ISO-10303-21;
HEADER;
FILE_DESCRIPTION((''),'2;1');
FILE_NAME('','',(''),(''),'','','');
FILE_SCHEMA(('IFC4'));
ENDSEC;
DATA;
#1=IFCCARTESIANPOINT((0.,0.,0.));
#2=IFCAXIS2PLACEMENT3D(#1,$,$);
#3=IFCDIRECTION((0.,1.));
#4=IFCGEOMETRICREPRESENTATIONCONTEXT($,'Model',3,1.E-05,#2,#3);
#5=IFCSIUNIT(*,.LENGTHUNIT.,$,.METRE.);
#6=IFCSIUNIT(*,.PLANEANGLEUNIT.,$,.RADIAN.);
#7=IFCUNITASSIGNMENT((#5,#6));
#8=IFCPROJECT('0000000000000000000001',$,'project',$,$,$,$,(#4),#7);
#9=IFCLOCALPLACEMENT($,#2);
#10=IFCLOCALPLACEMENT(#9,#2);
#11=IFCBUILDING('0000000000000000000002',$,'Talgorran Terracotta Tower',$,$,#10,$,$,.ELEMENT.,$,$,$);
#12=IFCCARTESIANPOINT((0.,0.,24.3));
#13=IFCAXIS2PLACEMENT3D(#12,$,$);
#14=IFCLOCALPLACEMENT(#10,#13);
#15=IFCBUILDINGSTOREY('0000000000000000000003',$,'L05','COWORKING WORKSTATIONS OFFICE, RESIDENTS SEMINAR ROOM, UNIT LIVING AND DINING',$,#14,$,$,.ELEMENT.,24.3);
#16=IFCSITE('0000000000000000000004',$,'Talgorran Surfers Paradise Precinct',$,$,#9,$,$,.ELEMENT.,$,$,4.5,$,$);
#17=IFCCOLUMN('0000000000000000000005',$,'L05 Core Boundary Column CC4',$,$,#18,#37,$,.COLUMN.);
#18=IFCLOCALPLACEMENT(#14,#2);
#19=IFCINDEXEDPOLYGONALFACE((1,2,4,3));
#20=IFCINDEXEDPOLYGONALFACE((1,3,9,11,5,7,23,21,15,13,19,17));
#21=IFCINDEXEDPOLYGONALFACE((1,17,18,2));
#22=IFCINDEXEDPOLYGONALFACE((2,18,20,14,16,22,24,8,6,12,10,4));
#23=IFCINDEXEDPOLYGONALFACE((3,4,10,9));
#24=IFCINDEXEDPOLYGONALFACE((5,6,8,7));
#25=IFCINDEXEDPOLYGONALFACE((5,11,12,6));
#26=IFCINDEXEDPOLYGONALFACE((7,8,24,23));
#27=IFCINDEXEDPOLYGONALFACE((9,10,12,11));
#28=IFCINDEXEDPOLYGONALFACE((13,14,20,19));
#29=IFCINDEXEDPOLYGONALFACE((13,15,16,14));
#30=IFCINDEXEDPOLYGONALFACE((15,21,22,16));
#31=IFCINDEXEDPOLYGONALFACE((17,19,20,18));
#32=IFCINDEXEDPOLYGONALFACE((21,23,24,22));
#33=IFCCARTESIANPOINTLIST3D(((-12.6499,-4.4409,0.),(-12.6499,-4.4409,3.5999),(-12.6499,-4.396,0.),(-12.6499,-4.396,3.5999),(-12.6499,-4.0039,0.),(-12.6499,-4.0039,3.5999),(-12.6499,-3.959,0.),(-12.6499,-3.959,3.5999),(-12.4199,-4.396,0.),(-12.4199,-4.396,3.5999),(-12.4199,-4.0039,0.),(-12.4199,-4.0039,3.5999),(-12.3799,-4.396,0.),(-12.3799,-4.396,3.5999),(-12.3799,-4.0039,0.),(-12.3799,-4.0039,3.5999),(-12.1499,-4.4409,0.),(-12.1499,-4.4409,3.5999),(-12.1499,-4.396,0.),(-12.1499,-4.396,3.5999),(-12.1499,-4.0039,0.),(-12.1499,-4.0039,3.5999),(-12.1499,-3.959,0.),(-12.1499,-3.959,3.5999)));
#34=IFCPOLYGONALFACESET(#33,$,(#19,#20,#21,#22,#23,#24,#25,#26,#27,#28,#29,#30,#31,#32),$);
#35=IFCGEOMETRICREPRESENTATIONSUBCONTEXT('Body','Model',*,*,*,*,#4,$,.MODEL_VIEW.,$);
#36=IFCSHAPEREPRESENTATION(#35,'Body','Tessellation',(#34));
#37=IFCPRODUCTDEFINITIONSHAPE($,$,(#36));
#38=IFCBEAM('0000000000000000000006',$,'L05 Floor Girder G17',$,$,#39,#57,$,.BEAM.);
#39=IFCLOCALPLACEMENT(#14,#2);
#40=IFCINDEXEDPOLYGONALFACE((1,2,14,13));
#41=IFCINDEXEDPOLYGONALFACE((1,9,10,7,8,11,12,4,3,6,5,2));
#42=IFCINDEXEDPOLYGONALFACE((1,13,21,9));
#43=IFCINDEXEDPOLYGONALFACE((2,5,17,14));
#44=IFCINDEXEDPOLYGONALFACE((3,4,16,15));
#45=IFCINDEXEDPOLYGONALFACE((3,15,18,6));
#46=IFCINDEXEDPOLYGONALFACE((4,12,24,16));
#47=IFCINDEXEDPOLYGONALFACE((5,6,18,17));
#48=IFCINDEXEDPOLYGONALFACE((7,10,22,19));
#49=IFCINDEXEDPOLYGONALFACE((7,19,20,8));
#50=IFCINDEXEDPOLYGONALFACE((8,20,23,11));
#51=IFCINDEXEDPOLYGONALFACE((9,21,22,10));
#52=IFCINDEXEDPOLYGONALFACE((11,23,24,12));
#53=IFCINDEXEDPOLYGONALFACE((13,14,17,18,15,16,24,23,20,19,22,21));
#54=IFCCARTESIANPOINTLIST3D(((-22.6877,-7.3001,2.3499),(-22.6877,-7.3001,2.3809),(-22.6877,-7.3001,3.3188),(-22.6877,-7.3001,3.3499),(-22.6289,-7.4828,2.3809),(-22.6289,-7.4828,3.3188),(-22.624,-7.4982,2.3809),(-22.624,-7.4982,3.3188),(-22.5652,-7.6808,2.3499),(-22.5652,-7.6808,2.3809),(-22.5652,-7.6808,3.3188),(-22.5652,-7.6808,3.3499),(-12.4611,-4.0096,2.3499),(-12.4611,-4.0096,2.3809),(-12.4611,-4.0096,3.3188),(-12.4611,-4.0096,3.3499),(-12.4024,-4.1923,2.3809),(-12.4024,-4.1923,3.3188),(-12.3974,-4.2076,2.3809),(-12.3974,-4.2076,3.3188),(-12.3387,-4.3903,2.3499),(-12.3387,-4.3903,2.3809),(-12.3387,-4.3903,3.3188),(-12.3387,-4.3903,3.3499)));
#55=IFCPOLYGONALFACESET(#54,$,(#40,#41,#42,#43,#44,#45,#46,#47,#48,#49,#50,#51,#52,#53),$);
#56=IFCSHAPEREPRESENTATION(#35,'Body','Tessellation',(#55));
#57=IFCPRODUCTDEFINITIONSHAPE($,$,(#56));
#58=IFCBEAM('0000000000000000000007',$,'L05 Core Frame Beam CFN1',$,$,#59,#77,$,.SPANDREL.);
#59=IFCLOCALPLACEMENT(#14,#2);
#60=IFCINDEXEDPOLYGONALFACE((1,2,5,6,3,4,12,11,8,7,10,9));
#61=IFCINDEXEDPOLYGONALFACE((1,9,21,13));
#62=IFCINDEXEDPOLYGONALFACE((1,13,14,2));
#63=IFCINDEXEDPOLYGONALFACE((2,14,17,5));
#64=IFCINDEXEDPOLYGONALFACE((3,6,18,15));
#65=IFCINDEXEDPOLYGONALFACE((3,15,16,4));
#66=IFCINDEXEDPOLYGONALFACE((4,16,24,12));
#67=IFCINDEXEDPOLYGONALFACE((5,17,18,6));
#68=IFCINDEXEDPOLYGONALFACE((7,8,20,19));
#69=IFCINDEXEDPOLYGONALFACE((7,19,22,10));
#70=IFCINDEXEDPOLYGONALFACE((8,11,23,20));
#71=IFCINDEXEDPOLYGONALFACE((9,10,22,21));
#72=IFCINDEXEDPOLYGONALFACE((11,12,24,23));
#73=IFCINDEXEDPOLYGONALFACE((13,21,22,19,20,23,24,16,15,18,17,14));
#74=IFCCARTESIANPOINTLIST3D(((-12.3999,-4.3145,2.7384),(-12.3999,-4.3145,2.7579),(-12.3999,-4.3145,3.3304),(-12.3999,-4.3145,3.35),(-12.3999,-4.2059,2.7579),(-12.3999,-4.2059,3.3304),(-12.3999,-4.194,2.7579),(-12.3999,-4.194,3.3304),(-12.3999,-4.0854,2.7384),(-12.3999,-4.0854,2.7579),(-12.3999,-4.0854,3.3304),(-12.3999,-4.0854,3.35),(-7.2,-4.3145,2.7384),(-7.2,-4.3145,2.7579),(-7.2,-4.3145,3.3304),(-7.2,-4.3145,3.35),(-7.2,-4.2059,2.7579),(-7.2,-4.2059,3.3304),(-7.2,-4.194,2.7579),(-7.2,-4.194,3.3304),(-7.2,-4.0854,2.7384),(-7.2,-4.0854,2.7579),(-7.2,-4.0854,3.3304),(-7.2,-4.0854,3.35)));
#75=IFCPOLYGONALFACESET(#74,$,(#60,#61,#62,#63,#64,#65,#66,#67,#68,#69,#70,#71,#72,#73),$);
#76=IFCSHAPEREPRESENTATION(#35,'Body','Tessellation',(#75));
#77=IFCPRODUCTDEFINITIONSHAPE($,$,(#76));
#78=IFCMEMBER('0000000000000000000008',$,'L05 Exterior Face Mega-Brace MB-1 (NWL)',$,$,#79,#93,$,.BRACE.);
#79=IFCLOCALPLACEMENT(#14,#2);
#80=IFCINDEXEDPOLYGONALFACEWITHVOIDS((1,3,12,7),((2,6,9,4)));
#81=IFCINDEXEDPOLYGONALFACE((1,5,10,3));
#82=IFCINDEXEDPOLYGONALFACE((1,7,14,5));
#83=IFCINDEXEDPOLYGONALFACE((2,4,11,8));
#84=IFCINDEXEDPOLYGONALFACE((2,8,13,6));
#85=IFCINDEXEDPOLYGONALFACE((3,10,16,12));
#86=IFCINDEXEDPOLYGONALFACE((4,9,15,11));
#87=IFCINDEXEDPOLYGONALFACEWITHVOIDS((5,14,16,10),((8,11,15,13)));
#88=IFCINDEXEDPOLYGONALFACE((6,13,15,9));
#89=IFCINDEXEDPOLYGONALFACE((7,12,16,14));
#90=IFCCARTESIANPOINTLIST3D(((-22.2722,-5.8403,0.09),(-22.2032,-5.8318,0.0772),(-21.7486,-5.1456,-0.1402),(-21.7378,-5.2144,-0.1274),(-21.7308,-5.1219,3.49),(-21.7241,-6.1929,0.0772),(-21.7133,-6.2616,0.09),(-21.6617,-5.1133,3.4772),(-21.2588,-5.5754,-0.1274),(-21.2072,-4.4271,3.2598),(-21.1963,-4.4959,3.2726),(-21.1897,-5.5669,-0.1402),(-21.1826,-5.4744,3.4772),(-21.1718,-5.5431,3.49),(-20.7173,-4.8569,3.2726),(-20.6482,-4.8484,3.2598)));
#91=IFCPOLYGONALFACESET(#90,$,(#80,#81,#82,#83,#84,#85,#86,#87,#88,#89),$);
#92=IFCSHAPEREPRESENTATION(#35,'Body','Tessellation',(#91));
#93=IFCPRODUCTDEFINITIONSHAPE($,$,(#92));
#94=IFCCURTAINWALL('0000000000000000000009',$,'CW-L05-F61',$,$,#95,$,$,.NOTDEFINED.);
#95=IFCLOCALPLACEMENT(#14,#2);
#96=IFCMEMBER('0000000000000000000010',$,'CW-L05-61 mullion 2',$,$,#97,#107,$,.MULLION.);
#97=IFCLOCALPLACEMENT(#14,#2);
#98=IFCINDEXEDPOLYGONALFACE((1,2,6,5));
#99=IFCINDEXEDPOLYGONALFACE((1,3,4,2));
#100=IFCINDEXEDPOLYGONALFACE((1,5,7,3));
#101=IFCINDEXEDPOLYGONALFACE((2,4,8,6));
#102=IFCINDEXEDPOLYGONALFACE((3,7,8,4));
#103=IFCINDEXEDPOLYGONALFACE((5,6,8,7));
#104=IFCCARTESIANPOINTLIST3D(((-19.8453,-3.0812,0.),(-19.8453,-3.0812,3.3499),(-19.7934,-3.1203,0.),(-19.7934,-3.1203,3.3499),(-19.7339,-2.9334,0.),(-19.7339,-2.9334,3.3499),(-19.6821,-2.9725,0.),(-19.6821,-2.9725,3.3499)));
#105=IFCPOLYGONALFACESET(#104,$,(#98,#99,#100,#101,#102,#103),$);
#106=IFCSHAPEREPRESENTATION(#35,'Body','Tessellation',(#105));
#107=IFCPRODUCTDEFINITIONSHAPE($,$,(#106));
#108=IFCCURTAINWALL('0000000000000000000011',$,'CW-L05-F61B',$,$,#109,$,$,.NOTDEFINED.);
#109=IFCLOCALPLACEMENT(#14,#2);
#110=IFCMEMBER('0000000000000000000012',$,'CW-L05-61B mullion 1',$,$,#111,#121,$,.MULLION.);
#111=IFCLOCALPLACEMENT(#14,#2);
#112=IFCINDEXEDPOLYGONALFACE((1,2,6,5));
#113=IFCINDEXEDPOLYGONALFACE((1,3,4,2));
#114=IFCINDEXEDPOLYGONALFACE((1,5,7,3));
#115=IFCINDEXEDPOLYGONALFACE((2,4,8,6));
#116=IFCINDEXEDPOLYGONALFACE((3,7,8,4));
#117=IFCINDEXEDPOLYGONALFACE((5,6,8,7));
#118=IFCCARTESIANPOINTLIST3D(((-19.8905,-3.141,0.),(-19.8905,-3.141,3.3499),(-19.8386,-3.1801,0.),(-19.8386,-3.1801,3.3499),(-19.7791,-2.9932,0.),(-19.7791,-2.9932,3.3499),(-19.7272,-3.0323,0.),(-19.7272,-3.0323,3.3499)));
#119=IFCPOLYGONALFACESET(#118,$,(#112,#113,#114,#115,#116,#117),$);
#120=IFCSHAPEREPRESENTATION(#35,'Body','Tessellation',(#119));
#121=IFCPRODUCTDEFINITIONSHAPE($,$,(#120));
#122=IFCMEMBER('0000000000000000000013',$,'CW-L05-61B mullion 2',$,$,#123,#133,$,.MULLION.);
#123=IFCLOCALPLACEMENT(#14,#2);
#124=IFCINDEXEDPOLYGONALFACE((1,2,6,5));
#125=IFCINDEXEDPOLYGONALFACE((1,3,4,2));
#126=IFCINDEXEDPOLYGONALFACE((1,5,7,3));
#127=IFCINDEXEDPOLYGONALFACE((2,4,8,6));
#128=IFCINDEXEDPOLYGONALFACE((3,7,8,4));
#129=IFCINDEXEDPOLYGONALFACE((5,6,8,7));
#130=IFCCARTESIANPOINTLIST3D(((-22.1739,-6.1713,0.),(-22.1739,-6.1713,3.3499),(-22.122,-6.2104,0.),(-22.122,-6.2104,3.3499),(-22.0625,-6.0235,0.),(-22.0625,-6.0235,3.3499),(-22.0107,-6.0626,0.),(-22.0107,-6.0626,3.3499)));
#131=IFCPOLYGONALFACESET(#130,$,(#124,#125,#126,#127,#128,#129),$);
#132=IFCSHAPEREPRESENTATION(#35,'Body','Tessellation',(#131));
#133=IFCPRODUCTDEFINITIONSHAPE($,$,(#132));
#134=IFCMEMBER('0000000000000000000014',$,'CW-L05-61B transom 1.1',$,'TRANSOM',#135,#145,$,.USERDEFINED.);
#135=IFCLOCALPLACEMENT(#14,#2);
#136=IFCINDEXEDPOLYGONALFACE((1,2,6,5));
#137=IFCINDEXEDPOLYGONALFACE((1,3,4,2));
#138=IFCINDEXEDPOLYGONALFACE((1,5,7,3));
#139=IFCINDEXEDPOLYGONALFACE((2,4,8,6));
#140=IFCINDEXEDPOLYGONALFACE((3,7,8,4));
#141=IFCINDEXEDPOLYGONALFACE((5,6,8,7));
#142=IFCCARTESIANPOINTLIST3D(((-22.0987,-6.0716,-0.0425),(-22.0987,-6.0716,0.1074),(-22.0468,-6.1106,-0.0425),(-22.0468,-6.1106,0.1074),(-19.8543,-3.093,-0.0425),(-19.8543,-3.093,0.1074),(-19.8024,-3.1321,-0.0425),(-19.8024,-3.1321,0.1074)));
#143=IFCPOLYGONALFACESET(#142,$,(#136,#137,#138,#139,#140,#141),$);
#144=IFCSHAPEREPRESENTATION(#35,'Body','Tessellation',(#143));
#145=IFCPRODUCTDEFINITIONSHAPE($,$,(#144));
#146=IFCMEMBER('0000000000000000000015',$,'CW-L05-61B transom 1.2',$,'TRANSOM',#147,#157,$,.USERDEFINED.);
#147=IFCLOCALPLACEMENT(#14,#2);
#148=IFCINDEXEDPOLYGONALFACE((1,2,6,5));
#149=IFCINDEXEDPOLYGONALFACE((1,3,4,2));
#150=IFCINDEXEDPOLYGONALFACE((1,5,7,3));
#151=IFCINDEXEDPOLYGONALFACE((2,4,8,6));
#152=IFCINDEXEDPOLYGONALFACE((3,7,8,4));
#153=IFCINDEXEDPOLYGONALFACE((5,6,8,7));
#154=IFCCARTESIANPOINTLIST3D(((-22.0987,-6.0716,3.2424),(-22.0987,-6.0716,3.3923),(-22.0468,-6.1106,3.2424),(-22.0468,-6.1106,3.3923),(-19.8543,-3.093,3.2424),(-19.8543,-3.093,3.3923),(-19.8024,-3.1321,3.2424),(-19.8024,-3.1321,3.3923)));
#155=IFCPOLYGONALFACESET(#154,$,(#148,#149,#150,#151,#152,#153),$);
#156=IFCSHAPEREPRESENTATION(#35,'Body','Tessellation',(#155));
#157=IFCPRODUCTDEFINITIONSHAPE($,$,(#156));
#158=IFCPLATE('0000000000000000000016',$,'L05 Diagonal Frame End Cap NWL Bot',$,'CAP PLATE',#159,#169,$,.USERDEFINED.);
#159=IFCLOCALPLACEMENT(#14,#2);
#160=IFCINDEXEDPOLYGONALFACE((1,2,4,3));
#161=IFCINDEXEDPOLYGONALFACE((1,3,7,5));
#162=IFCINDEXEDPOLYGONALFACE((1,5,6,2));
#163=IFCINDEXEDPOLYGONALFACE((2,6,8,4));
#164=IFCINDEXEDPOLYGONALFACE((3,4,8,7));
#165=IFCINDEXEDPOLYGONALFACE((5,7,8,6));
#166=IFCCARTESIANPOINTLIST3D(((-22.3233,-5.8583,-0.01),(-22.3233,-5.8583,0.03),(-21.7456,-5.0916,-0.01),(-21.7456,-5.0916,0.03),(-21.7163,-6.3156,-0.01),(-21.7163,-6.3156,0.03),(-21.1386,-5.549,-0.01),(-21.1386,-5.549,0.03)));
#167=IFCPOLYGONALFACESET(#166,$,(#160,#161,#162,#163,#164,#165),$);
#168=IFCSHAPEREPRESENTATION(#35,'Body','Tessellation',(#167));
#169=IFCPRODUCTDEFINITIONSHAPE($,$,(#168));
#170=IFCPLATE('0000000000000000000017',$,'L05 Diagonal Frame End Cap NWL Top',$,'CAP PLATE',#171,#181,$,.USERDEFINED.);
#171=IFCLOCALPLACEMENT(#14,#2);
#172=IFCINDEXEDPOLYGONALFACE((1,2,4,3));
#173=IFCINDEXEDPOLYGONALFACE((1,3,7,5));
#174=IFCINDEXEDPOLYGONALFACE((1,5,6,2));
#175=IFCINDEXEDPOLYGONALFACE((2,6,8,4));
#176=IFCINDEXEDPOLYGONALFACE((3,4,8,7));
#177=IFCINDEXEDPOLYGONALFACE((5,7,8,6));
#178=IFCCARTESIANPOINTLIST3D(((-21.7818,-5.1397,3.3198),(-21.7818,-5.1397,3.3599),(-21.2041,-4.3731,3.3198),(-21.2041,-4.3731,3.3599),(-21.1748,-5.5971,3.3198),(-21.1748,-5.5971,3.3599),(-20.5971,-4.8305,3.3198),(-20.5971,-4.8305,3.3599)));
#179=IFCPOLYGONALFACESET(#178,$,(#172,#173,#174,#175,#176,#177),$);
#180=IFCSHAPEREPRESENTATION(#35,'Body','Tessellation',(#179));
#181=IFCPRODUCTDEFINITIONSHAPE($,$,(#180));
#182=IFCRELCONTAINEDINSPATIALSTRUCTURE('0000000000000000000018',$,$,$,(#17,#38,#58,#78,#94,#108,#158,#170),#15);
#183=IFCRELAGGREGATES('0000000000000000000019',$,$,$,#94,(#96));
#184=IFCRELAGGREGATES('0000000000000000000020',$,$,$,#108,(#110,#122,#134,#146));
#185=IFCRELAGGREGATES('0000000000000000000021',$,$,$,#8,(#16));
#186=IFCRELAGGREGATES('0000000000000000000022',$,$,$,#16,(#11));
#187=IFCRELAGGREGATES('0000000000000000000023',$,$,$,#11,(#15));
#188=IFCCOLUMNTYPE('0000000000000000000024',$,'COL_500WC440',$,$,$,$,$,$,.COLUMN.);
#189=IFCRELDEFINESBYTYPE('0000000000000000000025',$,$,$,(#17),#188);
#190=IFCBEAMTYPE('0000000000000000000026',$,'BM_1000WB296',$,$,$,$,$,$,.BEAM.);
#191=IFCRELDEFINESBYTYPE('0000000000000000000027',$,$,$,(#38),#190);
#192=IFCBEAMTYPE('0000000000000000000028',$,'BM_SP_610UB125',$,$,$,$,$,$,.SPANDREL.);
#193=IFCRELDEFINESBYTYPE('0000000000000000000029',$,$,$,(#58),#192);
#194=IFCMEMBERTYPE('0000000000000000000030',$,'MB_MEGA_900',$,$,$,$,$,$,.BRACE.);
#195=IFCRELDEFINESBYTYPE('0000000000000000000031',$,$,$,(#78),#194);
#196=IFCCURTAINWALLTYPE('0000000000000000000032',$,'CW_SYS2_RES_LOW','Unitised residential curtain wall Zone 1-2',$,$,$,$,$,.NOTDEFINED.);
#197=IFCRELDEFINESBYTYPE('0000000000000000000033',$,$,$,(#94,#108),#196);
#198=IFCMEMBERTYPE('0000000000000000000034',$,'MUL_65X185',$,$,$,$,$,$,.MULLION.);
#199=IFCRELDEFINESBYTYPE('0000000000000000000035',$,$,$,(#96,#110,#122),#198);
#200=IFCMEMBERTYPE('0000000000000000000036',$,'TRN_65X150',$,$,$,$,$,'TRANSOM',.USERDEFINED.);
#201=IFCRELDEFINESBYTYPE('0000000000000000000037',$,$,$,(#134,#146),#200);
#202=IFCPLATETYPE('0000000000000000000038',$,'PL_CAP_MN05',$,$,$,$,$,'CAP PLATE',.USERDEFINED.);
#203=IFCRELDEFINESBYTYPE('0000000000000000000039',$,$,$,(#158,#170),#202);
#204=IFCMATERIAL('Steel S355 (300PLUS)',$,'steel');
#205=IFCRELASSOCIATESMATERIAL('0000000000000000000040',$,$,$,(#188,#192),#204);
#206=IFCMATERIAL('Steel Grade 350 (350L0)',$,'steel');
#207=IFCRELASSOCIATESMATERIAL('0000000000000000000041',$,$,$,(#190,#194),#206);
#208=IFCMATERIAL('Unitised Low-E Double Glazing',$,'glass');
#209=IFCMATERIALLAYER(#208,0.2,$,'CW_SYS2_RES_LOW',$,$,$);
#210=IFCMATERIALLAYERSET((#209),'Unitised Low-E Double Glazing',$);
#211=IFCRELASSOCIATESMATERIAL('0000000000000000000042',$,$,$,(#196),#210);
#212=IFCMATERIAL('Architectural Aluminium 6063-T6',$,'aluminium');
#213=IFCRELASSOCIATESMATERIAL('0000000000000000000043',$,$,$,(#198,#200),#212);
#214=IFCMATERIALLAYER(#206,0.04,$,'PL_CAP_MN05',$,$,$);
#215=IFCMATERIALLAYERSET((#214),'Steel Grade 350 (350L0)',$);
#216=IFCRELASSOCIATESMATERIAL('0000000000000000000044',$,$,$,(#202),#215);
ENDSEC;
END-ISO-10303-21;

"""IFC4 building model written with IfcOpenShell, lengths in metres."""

from ifc_helpers import new_model, si_unit, direction, frame, origin, origin_2d, place, context, subcontext, project, spatial, rectangle, hollow_rectangle, i_section, extrude, material, layer, layer_set, material_profile, profile_set, type_object, element, aggregate, save


model = new_model("IFC4")

# Units and contexts
model_context = context("Model", 3, precision=1e-05, world=origin(), true_north=direction((0.0, 1.0)))
body_context = subcontext(model_context, "Body", "Model", "MODEL_VIEW")
ifc_project = project(units=[si_unit("LENGTHUNIT", "METRE"), si_unit("PLANEANGLEUNIT", "RADIAN")], contexts=[model_context])

# Site, building, storey
site_placement = place(None, origin())
site = spatial("IfcSite", under=ifc_project, at=site_placement, Name="Talgorran Surfers Paradise Precinct", CompositionType="ELEMENT", RefElevation=4.5)
building_placement = place(site_placement, origin())
building = spatial("IfcBuilding", under=site, at=building_placement, Name="Talgorran Terracotta Tower", CompositionType="ELEMENT")
storey_placement = place(building_placement, frame((0.0, 0.0, 24.3)))
storey = spatial("IfcBuildingStorey", under=building, at=storey_placement, Name="L05", Description="COWORKING WORKSTATIONS OFFICE, RESIDENTS SEMINAR ROOM, UNIT LIVING AND DINING", CompositionType="ELEMENT", Elevation=24.3)

# Column
ifc_material_1 = material(Name="Steel S355 (300PLUS)", Category="steel")
ifc_material_profile_1 = material_profile(ifc_material_1, i_section(OverallWidth=0.5, OverallDepth=0.4819, WebThickness=0.04, FlangeThickness=0.0449, at=origin_2d()), Name="500WC440")
ifc_profile_set_1 = profile_set([ifc_material_profile_1], Name="Steel S355 (300PLUS)")
column_type = type_object("IfcColumnType", Name="COL_500WC440", PredefinedType="COLUMN", material=ifc_profile_set_1)
column_placement = place(storey_placement, frame((-12.3999, -4.2, 0.0), z_axis=(0.0, 0.0, 1.0), x_axis=(1.0, 0.0, 0.0)))
element("IfcColumn", 1, at=column_placement, inside=storey, type_object=column_type, Name="L05 Core Boundary Column CC4", PredefinedType="COLUMN", context=body_context, shape_type="SweptSolid", body=[
    extrude(i_section(OverallWidth=0.5, OverallDepth=0.4819, WebThickness=0.04, FlangeThickness=0.0449, at=origin_2d()), origin(), (0.0, 0.0, 1.0), 3.5999),
])

# Beams
ifc_material_2 = material(Name="Steel Grade 350 (350L0)", Category="steel")
ifc_material_profile_2 = material_profile(ifc_material_2, i_section(OverallWidth=0.3999, OverallDepth=1.0, WebThickness=0.0161, FlangeThickness=0.031, at=origin_2d()), Name="1000WB296")
ifc_profile_set_2 = profile_set([ifc_material_profile_2], Name="Steel Grade 350 (350L0)")
beam_type_1 = type_object("IfcBeamType", Name="BM_1000WB296", PredefinedType="BEAM", material=ifc_profile_set_2)
beam_1_placement = place(storey_placement, frame((-12.3999, -4.2, 2.8499), z_axis=(-0.951936, -0.306298, 0.0), x_axis=(0.306298, -0.951936, 0.0)))
element("IfcBeam", 2, at=beam_1_placement, inside=storey, type_object=beam_type_1, Name="L05 Floor Girder G17", PredefinedType="BEAM", context=body_context, shape_type="SweptSolid", body=[
    extrude(i_section(OverallWidth=0.3999, OverallDepth=1.0, WebThickness=0.0161, FlangeThickness=0.031, at=origin_2d()), origin(), (0.0, 0.0, 1.0), 10.7429),
])
ifc_material_profile_3 = material_profile(ifc_material_1, i_section(OverallWidth=0.229, OverallDepth=0.6116, WebThickness=0.012, FlangeThickness=0.0195, at=origin_2d()), Name="610UB125")
ifc_profile_set_3 = profile_set([ifc_material_profile_3], Name="Steel S355 (300PLUS)")
beam_type_2 = type_object("IfcBeamType", Name="BM_SP_610UB125", PredefinedType="SPANDREL", material=ifc_profile_set_3)
beam_2_placement = place(storey_placement, frame((-12.3999, -4.2, 3.0442), z_axis=(1.0, 0.0, 0.0), x_axis=(0.0, 1.0, 0.0)))
element("IfcBeam", 3, at=beam_2_placement, inside=storey, type_object=beam_type_2, Name="L05 Core Frame Beam CFN1", PredefinedType="SPANDREL", context=body_context, shape_type="SweptSolid", body=[
    extrude(i_section(OverallWidth=0.229, OverallDepth=0.6116, WebThickness=0.012, FlangeThickness=0.0195, at=origin_2d()), origin(), (0.0, 0.0, 1.0), 5.2),
])

# Member
ifc_material_profile_4 = material_profile(ifc_material_2, hollow_rectangle(XDim=0.7, YDim=0.8999, WallThickness=0.05, at=origin_2d()), Name="WBOX900X700X50")
ifc_profile_set_4 = profile_set([ifc_material_profile_4], Name="Steel Grade 350 (350L0)")
member_type_1 = type_object("IfcMemberType", Name="MB_MEGA_900", PredefinedType="BRACE", material=ifc_profile_set_4)
member_1_placement = place(storey_placement, frame((-21.731, -5.7036, -0.0251), z_axis=(0.15396, 0.204285, 0.966728), x_axis=(-0.798598, 0.601865, 0.0)))
element("IfcMember", 4, at=member_1_placement, inside=storey, type_object=member_type_1, Name="L05 Exterior Face Mega-Brace MB-1 (NWL)", PredefinedType="BRACE", context=body_context, shape_type="SweptSolid", body=[
    extrude(hollow_rectangle(XDim=0.7, YDim=0.8999, WallThickness=0.05, at=origin_2d()), origin(), (0.0, 0.0, 1.0), 3.5171),
])

# Curtain wall, member
ifc_material_3 = material(Name="Unitised Low-E Double Glazing", Category="glass")
ifc_layer_1 = layer(ifc_material_3, 0.2, Name="CW_SYS2_RES_LOW")
ifc_layer_set_1 = layer_set([ifc_layer_1], Name="Unitised Low-E Double Glazing")
curtain_wall_type = type_object("IfcCurtainWallType", Name="CW_SYS2_RES_LOW", Description="Unitised residential curtain wall Zone 1-2", PredefinedType="NOTDEFINED", material=ifc_layer_set_1)
curtain_wall_1_placement = place(storey_placement, origin())
curtain_wall_1 = element("IfcCurtainWall", 5, at=curtain_wall_1_placement, inside=storey, type_object=curtain_wall_type, Name="CW-L05-F61", PredefinedType="NOTDEFINED")
ifc_material_4 = material(Name="Architectural Aluminium 6063-T6", Category="aluminium")
ifc_material_profile_5 = material_profile(ifc_material_4, rectangle(XDim=0.0649, YDim=0.1851, at=origin_2d()), Name="CWM65X185")
ifc_profile_set_5 = profile_set([ifc_material_profile_5], Name="Architectural Aluminium 6063-T6")
member_type_2 = type_object("IfcMemberType", Name="MUL_65X185", PredefinedType="MULLION", material=ifc_profile_set_5)
member_2_placement = place(storey_placement, frame((-19.7637, -3.0269, 0.0), z_axis=(0.0, 0.0, 1.0), x_axis=(0.798642, -0.601807, 0.0)))
member_2 = element("IfcMember", 6, at=member_2_placement, type_object=member_type_2, Name="CW-L05-61 mullion 2", PredefinedType="MULLION", context=body_context, shape_type="SweptSolid", body=[
    extrude(rectangle(XDim=0.0649, YDim=0.1851, at=origin_2d()), origin(), (0.0, 0.0, 1.0), 3.3499),
])
aggregate(curtain_wall_1, [member_2])

# Curtain wall, members
curtain_wall_2_placement = place(storey_placement, origin())
curtain_wall_2 = element("IfcCurtainWall", 7, at=curtain_wall_2_placement, inside=storey, type_object=curtain_wall_type, Name="CW-L05-F61B", PredefinedType="NOTDEFINED")
member_3_placement = place(storey_placement, frame((-19.8088, -3.0867, 0.0), z_axis=(0.0, 0.0, 1.0), x_axis=(0.798648, -0.601798, 0.0)))
member_3 = element("IfcMember", 8, at=member_3_placement, type_object=member_type_2, Name="CW-L05-61B mullion 1", PredefinedType="MULLION", context=body_context, shape_type="SweptSolid", body=[
    extrude(rectangle(XDim=0.0649, YDim=0.1851, at=origin_2d()), origin(), (0.0, 0.0, 1.0), 3.3499),
])
member_4_placement = place(storey_placement, frame((-22.0923, -6.1169, 0.0), z_axis=(0.0, 0.0, 1.0), x_axis=(0.798648, -0.601798, 0.0)))
member_4 = element("IfcMember", 9, at=member_4_placement, type_object=member_type_2, Name="CW-L05-61B mullion 2", PredefinedType="MULLION", context=body_context, shape_type="SweptSolid", body=[
    extrude(rectangle(XDim=0.0649, YDim=0.1851, at=origin_2d()), origin(), (0.0, 0.0, 1.0), 3.3499),
])
ifc_material_profile_6 = material_profile(ifc_material_4, rectangle(XDim=0.0649, YDim=0.1499, at=origin_2d()), Name="CWT65X150")
ifc_profile_set_6 = profile_set([ifc_material_profile_6], Name="Architectural Aluminium 6063-T6")
member_type_3 = type_object("IfcMemberType", Name="TRN_65X150", ElementType="TRANSOM", PredefinedType="USERDEFINED", material=ifc_profile_set_6)
member_5_placement = place(storey_placement, frame((-19.8284, -3.1125, 0.0325), z_axis=(-0.6018, -0.798647, 0.0), x_axis=(0.798647, -0.6018, 0.0)))
member_5 = element("IfcMember", 10, at=member_5_placement, type_object=member_type_3, Name="CW-L05-61B transom 1.1", ObjectType="TRANSOM", PredefinedType="USERDEFINED", context=body_context, shape_type="SweptSolid", body=[
    extrude(rectangle(XDim=0.0649, YDim=0.1499, at=origin_2d()), origin(), (0.0, 0.0, 1.0), 3.7295),
])
member_6_placement = place(storey_placement, frame((-19.8284, -3.1125, 3.3174), z_axis=(-0.6018, -0.798647, 0.0), x_axis=(0.798647, -0.6018, 0.0)))
member_6 = element("IfcMember", 11, at=member_6_placement, type_object=member_type_3, Name="CW-L05-61B transom 1.2", ObjectType="TRANSOM", PredefinedType="USERDEFINED", context=body_context, shape_type="SweptSolid", body=[
    extrude(rectangle(XDim=0.0649, YDim=0.1499, at=origin_2d()), origin(), (0.0, 0.0, 1.0), 3.7295),
])

# Plates
ifc_layer_2 = layer(ifc_material_2, 0.04, Name="PL_CAP_MN05")
ifc_layer_set_2 = layer_set([ifc_layer_2], Name="Steel Grade 350 (350L0)")
plate_type_1 = type_object("IfcPlateType", Name="PL_CAP_MN05", ElementType="CAP PLATE", PredefinedType="USERDEFINED", material=ifc_layer_set_2)
for number, where, z_axis, x_axis, name in (
    (12, (-21.731, -5.7036, -0.01), (0.0, 0.0, 1.0), (0.601815, 0.798636, 0.0), "L05 Diagonal Frame End Cap NWL Bot"),
    (13, (-21.1895, -4.9851, 3.3198), (0.0, 0.0, 1.0), (0.601815, 0.798636, 0.0), "L05 Diagonal Frame End Cap NWL Top"),
):
    element("IfcPlate", number, at=place(storey_placement, frame(where, z_axis=z_axis, x_axis=x_axis)), inside=storey, type_object=plate_type_1, Name=name, ObjectType="CAP PLATE", PredefinedType="USERDEFINED", context=body_context, shape_type="SweptSolid", body=[
        extrude(rectangle(XDim=0.96, YDim=0.76, at=origin_2d()), origin(), (0.0, 0.0, 1.0), 0.04),
    ])

aggregate(curtain_wall_2, [member_3, member_4, member_5, member_6])

save(model, "model.ifc")
